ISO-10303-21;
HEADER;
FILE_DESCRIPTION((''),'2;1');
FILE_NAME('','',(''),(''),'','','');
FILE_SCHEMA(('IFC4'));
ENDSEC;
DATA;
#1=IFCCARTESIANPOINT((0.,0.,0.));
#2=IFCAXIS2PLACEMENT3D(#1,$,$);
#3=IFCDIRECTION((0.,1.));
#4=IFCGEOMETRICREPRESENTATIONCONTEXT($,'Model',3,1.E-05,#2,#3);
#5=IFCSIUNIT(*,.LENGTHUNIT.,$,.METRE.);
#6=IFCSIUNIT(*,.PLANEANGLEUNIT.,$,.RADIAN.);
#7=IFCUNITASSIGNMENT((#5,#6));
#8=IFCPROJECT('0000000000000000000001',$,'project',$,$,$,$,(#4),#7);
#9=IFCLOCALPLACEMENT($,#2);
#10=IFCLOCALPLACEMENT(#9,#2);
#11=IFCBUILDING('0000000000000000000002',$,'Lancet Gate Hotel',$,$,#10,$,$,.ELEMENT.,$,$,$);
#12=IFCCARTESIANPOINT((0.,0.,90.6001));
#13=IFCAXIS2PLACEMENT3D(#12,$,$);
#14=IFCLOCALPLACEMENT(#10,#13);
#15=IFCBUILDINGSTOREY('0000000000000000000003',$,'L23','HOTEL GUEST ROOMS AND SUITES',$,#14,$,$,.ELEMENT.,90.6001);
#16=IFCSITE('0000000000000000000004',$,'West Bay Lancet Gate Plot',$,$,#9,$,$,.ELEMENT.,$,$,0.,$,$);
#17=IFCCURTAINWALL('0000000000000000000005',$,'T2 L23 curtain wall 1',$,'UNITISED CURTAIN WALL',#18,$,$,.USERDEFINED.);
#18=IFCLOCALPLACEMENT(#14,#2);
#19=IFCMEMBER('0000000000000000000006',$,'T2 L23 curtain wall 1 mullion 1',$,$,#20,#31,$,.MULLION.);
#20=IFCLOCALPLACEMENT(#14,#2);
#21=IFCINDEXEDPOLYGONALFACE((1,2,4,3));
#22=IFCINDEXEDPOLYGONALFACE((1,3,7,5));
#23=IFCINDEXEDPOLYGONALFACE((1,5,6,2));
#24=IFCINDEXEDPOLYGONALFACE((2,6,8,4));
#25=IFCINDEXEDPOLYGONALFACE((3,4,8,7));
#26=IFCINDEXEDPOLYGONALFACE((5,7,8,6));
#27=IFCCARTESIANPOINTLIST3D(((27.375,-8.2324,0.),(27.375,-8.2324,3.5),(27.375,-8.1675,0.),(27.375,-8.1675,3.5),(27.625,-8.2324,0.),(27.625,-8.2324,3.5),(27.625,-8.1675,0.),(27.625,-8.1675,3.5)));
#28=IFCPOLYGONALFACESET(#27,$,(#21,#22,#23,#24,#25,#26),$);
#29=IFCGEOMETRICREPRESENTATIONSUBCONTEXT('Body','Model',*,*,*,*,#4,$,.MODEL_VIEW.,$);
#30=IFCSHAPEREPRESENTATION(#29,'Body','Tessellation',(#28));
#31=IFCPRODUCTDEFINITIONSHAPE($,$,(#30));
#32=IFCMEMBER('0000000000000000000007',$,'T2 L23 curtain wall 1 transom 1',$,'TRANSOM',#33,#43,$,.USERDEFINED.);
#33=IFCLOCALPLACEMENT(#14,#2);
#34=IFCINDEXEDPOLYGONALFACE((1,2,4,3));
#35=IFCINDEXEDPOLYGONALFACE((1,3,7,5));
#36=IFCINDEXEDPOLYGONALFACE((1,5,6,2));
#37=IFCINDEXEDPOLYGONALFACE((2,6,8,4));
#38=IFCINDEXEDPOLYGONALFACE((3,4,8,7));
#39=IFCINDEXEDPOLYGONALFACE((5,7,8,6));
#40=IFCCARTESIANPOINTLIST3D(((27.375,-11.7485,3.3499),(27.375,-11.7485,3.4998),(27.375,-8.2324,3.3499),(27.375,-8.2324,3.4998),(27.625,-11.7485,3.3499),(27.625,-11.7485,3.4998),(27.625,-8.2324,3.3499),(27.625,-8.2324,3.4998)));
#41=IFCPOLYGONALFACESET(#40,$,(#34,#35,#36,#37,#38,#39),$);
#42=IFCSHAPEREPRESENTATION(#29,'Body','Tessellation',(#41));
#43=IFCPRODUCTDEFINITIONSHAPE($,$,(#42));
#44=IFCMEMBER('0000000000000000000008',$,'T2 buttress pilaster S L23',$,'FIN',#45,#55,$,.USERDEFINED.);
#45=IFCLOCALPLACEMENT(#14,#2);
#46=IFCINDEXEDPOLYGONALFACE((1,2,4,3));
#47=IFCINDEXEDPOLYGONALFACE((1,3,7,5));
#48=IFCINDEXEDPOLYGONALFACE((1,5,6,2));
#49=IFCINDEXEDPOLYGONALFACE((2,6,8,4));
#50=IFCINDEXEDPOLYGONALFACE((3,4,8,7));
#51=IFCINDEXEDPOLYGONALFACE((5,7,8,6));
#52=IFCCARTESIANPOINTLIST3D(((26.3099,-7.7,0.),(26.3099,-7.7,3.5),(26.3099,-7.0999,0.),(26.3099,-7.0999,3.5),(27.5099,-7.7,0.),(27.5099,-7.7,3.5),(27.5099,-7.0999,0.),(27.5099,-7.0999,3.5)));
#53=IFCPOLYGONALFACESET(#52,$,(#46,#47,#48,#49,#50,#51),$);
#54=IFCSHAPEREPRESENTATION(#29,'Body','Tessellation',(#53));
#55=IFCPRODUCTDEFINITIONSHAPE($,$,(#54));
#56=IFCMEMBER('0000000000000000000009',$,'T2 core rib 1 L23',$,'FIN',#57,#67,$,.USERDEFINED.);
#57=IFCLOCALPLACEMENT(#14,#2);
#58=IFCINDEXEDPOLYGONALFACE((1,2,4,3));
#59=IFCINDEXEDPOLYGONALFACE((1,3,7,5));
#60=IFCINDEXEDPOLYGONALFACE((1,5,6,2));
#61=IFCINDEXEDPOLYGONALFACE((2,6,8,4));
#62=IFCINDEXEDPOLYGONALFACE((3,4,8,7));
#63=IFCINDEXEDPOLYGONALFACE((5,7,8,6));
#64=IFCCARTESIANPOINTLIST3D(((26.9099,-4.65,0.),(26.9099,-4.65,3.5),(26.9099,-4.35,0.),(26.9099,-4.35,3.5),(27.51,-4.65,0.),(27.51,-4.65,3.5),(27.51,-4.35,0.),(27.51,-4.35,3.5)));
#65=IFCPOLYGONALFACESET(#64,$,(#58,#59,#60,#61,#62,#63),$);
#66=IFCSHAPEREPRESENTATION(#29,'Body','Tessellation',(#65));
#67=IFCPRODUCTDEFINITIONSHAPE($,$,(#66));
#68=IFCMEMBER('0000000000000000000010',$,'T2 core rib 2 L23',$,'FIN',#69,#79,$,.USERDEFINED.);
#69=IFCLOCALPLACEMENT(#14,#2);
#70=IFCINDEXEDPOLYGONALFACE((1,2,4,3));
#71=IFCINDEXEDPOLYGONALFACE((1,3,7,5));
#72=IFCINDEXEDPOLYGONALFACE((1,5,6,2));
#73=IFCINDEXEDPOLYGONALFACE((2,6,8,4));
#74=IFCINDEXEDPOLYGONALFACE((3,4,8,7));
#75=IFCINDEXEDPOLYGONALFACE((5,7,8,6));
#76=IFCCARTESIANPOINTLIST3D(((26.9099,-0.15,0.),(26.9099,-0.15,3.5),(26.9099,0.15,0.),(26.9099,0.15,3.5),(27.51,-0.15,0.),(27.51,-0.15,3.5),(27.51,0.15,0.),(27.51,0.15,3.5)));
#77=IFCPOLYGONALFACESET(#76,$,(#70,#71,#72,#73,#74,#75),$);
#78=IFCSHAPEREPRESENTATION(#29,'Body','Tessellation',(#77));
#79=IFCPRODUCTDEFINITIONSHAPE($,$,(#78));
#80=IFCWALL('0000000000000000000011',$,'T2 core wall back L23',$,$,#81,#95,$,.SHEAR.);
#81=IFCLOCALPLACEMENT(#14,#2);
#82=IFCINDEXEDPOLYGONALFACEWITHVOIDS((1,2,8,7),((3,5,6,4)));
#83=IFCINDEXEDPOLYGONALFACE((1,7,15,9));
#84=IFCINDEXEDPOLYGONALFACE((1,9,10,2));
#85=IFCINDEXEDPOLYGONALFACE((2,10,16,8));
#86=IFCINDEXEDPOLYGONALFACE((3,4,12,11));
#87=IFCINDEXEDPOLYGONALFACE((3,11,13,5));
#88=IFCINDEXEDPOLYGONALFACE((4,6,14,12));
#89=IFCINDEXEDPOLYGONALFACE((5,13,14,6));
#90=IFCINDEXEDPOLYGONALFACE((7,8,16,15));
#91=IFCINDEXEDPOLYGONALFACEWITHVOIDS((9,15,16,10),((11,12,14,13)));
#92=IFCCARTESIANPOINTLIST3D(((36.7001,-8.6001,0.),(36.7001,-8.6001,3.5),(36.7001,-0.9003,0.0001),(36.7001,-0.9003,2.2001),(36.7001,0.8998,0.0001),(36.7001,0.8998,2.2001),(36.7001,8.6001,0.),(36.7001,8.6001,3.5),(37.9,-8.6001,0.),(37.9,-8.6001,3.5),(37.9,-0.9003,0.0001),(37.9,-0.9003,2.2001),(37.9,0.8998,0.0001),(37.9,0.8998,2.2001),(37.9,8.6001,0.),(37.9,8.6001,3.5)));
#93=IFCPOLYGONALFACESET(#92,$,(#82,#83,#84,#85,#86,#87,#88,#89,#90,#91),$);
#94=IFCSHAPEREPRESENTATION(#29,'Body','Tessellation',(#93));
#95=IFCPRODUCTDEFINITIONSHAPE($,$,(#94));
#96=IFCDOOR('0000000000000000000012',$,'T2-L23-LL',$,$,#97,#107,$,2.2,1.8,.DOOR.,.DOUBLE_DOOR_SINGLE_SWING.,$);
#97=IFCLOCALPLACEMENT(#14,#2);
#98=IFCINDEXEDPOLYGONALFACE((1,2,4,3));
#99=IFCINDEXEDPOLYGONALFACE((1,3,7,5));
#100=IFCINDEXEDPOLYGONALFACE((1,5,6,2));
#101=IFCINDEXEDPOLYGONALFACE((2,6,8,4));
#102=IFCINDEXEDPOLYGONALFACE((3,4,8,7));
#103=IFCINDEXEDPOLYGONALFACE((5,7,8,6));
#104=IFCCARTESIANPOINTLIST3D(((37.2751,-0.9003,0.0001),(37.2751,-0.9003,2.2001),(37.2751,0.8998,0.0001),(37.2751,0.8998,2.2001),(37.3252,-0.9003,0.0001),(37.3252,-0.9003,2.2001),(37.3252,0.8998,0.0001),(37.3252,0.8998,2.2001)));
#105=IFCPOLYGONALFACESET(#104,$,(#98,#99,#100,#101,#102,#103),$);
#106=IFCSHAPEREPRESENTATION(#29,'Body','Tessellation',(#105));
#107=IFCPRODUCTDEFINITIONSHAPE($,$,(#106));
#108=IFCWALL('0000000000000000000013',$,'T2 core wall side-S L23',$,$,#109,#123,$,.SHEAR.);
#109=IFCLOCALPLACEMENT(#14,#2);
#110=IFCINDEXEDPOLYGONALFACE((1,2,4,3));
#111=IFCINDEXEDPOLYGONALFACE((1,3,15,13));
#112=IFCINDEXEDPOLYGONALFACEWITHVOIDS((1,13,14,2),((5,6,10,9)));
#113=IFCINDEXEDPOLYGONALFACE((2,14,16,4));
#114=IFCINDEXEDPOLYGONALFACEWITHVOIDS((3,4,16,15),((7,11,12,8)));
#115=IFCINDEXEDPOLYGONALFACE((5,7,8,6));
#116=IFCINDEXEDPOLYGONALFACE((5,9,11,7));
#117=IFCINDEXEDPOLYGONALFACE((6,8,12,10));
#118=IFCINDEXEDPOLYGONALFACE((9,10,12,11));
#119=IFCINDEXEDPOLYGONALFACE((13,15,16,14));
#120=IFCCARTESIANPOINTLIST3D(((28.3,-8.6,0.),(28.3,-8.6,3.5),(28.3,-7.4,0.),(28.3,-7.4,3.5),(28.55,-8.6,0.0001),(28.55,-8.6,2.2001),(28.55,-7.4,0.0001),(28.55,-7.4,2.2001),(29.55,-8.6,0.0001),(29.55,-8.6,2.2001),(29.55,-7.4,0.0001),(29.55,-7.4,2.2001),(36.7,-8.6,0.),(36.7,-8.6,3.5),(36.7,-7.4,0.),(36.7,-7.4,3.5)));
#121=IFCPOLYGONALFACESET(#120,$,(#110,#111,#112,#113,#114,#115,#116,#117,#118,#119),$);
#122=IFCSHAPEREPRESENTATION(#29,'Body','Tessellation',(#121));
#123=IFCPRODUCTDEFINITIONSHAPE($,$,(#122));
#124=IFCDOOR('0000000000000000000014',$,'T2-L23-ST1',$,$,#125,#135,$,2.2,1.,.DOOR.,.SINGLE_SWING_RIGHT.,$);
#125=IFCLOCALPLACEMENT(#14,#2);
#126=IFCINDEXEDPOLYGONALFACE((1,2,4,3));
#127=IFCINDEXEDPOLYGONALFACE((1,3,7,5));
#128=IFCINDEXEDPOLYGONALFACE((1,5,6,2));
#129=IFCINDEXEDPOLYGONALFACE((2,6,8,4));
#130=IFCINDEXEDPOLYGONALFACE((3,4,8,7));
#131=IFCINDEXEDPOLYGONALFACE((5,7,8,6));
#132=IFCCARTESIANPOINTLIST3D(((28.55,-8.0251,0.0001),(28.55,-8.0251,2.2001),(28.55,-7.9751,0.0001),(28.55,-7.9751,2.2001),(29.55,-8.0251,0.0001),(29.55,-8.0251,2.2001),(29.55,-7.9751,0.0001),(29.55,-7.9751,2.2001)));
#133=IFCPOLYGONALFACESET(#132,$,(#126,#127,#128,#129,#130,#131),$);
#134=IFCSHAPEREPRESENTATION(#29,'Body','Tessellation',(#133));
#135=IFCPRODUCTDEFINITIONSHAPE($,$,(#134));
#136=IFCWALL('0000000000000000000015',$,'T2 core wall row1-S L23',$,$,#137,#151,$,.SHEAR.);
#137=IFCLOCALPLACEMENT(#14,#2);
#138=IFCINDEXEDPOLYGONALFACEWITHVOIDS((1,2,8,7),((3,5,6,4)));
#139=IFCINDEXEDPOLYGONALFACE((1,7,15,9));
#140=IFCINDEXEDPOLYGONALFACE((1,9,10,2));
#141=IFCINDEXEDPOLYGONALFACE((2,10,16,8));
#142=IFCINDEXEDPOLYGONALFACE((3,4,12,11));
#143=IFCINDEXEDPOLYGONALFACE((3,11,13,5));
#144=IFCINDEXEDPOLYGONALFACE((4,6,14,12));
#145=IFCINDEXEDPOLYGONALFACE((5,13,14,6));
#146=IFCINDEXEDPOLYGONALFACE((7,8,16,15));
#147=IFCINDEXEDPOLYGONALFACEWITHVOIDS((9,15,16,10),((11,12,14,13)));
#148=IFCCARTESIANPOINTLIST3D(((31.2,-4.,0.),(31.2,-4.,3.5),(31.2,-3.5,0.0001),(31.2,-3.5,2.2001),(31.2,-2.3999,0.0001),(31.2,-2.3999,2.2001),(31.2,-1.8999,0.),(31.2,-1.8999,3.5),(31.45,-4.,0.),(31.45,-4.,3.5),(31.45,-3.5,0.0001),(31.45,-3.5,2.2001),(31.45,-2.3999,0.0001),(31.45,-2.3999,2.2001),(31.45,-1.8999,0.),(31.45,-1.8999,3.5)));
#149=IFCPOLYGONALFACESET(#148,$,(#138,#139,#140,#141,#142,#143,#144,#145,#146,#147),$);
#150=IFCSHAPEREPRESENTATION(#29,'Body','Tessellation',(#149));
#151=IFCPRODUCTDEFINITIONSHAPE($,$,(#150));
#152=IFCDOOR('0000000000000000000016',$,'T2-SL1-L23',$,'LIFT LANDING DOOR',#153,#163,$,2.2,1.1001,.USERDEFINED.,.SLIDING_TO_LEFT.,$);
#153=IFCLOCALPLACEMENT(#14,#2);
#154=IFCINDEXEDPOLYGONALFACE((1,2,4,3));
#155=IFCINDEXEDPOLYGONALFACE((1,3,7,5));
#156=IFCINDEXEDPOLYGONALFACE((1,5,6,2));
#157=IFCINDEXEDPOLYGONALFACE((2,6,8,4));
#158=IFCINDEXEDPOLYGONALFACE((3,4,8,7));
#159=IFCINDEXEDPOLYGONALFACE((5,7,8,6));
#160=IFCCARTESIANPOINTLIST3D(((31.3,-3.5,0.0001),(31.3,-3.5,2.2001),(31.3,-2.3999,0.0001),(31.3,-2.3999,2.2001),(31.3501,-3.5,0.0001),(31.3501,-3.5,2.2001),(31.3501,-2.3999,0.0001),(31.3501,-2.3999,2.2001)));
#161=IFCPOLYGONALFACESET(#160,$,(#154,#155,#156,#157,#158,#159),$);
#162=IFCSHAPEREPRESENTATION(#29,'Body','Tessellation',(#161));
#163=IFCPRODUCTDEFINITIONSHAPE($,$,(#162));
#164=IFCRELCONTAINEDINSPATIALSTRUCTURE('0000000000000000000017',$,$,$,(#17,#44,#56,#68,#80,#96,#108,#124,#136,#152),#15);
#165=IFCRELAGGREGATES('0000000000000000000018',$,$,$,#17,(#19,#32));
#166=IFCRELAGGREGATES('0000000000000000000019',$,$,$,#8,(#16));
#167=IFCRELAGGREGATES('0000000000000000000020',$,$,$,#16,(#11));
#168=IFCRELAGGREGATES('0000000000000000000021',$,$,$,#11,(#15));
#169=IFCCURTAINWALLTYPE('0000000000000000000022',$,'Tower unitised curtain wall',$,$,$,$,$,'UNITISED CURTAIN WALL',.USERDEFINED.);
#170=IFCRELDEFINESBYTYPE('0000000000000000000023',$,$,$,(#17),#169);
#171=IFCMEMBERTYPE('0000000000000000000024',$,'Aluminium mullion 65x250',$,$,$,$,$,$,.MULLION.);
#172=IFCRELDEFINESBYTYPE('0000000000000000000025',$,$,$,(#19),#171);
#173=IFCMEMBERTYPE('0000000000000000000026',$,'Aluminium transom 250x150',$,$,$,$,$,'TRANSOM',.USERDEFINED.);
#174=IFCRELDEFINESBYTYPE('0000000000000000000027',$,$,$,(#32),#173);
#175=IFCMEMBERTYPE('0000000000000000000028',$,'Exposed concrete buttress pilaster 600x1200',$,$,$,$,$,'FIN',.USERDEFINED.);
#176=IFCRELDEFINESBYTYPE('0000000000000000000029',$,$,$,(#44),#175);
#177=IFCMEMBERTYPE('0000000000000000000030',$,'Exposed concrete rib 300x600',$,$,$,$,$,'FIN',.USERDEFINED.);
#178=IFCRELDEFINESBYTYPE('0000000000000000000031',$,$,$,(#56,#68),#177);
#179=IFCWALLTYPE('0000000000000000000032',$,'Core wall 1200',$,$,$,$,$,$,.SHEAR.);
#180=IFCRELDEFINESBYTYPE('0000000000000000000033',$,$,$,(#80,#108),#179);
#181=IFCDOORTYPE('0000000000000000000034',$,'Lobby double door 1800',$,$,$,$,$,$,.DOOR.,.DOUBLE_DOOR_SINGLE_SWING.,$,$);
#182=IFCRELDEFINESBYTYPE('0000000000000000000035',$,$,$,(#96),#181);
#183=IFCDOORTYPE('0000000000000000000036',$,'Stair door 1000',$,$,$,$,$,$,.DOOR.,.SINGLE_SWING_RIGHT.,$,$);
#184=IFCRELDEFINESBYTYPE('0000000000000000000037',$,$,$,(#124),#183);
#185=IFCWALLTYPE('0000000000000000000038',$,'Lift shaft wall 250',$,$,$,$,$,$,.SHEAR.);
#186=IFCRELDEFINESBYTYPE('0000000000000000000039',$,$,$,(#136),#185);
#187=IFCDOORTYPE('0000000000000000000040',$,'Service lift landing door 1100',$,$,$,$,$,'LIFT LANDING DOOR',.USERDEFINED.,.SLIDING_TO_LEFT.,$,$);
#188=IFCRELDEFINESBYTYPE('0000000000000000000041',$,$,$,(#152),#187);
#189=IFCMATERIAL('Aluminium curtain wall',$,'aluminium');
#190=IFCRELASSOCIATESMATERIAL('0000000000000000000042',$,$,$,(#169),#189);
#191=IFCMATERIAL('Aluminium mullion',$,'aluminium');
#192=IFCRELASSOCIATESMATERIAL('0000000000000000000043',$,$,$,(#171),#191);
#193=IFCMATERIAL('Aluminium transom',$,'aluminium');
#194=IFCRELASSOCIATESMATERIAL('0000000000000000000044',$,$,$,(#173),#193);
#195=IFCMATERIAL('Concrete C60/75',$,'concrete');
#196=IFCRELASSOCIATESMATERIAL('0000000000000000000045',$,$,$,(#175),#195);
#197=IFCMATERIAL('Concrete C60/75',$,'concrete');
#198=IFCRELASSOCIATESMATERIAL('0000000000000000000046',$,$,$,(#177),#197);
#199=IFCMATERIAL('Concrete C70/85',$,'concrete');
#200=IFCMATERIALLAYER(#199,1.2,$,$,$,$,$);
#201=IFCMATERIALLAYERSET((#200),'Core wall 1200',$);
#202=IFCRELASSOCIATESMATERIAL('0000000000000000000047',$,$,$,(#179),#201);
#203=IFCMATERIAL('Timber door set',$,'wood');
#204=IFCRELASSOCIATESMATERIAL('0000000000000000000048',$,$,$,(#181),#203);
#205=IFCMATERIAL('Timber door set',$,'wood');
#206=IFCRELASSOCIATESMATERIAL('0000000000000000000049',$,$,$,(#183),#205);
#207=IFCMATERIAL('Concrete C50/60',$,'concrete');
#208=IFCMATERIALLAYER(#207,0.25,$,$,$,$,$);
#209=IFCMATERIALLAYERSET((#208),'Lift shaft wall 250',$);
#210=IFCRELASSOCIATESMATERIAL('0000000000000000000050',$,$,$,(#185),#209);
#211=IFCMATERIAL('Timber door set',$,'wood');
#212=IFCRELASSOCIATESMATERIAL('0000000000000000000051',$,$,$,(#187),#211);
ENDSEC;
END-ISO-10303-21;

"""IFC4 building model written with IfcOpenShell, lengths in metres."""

from ifc_helpers import new_model, si_unit, direction, frame, frame_2d, origin, origin_2d, place, context, subcontext, project, spatial, rectangle, extrude, material, layer, layer_set, material_profile, profile_set, type_object, element, fill, aggregate, save


model = new_model("IFC4")

# Units and contexts
model_context = context("Model", 3, precision=1e-05, world=origin(), true_north=direction((0.0, 1.0)))
body_context = subcontext(model_context, "Body", "Model", "MODEL_VIEW")
ifc_project = project(units=[si_unit("LENGTHUNIT", "METRE"), si_unit("PLANEANGLEUNIT", "RADIAN")], contexts=[model_context])

# Site, building, storey
site_placement = place(None, origin())
site = spatial("IfcSite", under=ifc_project, at=site_placement, Name="West Bay Lancet Gate Plot", CompositionType="ELEMENT", RefElevation=0.0)
building_placement = place(site_placement, origin())
building = spatial("IfcBuilding", under=site, at=building_placement, Name="Lancet Gate Hotel", CompositionType="ELEMENT")
storey_placement = place(building_placement, frame((0.0, 0.0, 90.6001)))
storey = spatial("IfcBuildingStorey", under=building, at=storey_placement, Name="L23", Description="HOTEL GUEST ROOMS AND SUITES", CompositionType="ELEMENT", Elevation=90.6001)

# Curtain wall, members
ifc_material_1 = material(Name="Aluminium curtain wall", Category="aluminium")
curtain_wall_type = type_object("IfcCurtainWallType", Name="Tower unitised curtain wall", ElementType="UNITISED CURTAIN WALL", PredefinedType="USERDEFINED", material=ifc_material_1)
curtain_wall_placement = place(storey_placement, origin())
curtain_wall = element("IfcCurtainWall", 1, at=curtain_wall_placement, inside=storey, type_object=curtain_wall_type, Name="T2 L23 curtain wall 1", ObjectType="UNITISED CURTAIN WALL", PredefinedType="USERDEFINED")
ifc_material_2 = material(Name="Aluminium mullion", Category="aluminium")
ifc_material_profile_1 = material_profile(ifc_material_2, rectangle(XDim=0.0649, YDim=0.25, at=origin_2d()), Name="MULLION 65x250")
ifc_profile_set_1 = profile_set([ifc_material_profile_1], Name="Aluminium mullion")
member_type_1 = type_object("IfcMemberType", Name="Aluminium mullion 65x250", PredefinedType="MULLION", material=ifc_profile_set_1)
member_1_placement = place(storey_placement, frame((27.5, -8.2, 0.0), z_axis=(0.0, 0.0, 1.0), x_axis=(0.0, -1.0, 0.0)))
member_1 = element("IfcMember", 2, at=member_1_placement, type_object=member_type_1, Name="T2 L23 curtain wall 1 mullion 1", PredefinedType="MULLION", context=body_context, shape_type="SweptSolid", body=[
    extrude(rectangle(XDim=0.0649, YDim=0.25, at=origin_2d()), origin(), (0.0, 0.0, 1.0), 3.5),
])
ifc_material_3 = material(Name="Aluminium transom", Category="aluminium")
ifc_material_profile_2 = material_profile(ifc_material_3, rectangle(XDim=0.25, YDim=0.1499, at=origin_2d()), Name="TRANSOM 250x150")
ifc_profile_set_2 = profile_set([ifc_material_profile_2], Name="Aluminium transom")
member_type_2 = type_object("IfcMemberType", Name="Aluminium transom 250x150", ElementType="TRANSOM", PredefinedType="USERDEFINED", material=ifc_profile_set_2)
member_2_placement = place(storey_placement, frame((27.5, -8.2324, 3.4248), z_axis=(0.0, -1.0, 0.0), x_axis=(1.0, 0.0, 0.0)))
member_2 = element("IfcMember", 3, at=member_2_placement, type_object=member_type_2, Name="T2 L23 curtain wall 1 transom 1", ObjectType="TRANSOM", PredefinedType="USERDEFINED", context=body_context, shape_type="SweptSolid", body=[
    extrude(rectangle(XDim=0.25, YDim=0.1499, at=origin_2d()), origin(), (0.0, 0.0, 1.0), 3.5161),
])
aggregate(curtain_wall, [member_1, member_2])

# Members
ifc_material_4 = material(Name="Concrete C60/75", Category="concrete")
ifc_material_profile_3 = material_profile(ifc_material_4, rectangle(XDim=0.6001, YDim=1.2, at=origin_2d()), Name="FIN 600x1200")
ifc_profile_set_3 = profile_set([ifc_material_profile_3], Name="Concrete C60/75")
member_type_3 = type_object("IfcMemberType", Name="Exposed concrete buttress pilaster 600x1200", ElementType="FIN", PredefinedType="USERDEFINED", material=ifc_profile_set_3)
member_3_placement = place(storey_placement, frame((26.9099, -7.3999, 0.0), z_axis=(0.0, 0.0, 1.0), x_axis=(0.0, 1.0, 0.0)))
element("IfcMember", 4, at=member_3_placement, inside=storey, type_object=member_type_3, Name="T2 buttress pilaster S L23", ObjectType="FIN", PredefinedType="USERDEFINED", context=body_context, shape_type="SweptSolid", body=[
    extrude(rectangle(XDim=0.6001, YDim=1.2, at=origin_2d()), origin(), (0.0, 0.0, 1.0), 3.5),
])
ifc_material_5 = material(Name="Concrete C60/75", Category="concrete")
ifc_material_profile_4 = material_profile(ifc_material_5, rectangle(XDim=0.3, YDim=0.6001, at=origin_2d()), Name="FIN 300x600")
ifc_profile_set_4 = profile_set([ifc_material_profile_4], Name="Concrete C60/75")
member_type_4 = type_object("IfcMemberType", Name="Exposed concrete rib 300x600", ElementType="FIN", PredefinedType="USERDEFINED", material=ifc_profile_set_4)
for number, where, z_axis, x_axis, name in (
    (5, (27.21, -4.5, 0.0), (0.0, 0.0, 1.0), (0.0, 1.0, 0.0), "T2 core rib 1 L23"),
    (6, (27.21, 0.0, 0.0), (0.0, 0.0, 1.0), (0.0, 1.0, 0.0), "T2 core rib 2 L23"),
):
    element("IfcMember", number, at=place(storey_placement, frame(where, z_axis=z_axis, x_axis=x_axis)), inside=storey, type_object=member_type_4, Name=name, ObjectType="FIN", PredefinedType="USERDEFINED", context=body_context, shape_type="SweptSolid", body=[
        extrude(rectangle(XDim=0.3, YDim=0.6001, at=origin_2d()), origin(), (0.0, 0.0, 1.0), 3.5),
    ])

# Walls, openings, doors
ifc_material_6 = material(Name="Concrete C70/85", Category="concrete")
ifc_layer_1 = layer(ifc_material_6, 1.2)
ifc_layer_set_1 = layer_set([ifc_layer_1], Name="Core wall 1200")
wall_type_1 = type_object("IfcWallType", Name="Core wall 1200", PredefinedType="SHEAR", material=ifc_layer_set_1)
wall_1_placement = place(storey_placement, frame((37.3, -8.6001, 0.0), z_axis=(0.0, 0.0, 1.0), x_axis=(0.0, 1.0, 0.0)))
wall_1 = element("IfcWall", 7, at=wall_1_placement, inside=storey, type_object=wall_type_1, Name="T2 core wall back L23", PredefinedType="SHEAR", context=body_context, shape_type="SweptSolid", body=[
    extrude(rectangle(XDim=17.2002, YDim=1.2, at=frame_2d((8.6001, 0.0))), origin(), (0.0, 0.0, 1.0), 3.5),
])
opening_1_placement = place(wall_1_placement, frame((7.7, 0.0, 0.0)))
opening_1 = element("IfcOpeningElement", 8, at=opening_1_placement, cuts=wall_1, PredefinedType="OPENING", context=body_context, shape_type="SweptSolid", body=[
    extrude(rectangle(XDim=1.8, YDim=2.2, at=frame_2d((0.8999, 1.1001))), frame((0.0, 0.6099, 0.0), z_axis=(0.0, -1.0, 0.0), x_axis=(1.0, 0.0, 0.0)), (0.0, 0.0, 1.0), 1.22),
])
ifc_material_7 = material(Name="Timber door set", Category="wood")
door_type_1 = type_object("IfcDoorType", Name="Lobby double door 1800", OperationType="DOUBLE_DOOR_SINGLE_SWING", PredefinedType="DOOR", material=ifc_material_7)
door_1_placement = place(opening_1_placement, origin())
door_1 = element("IfcDoor", 9, at=door_1_placement, inside=storey, type_object=door_type_1, Name="T2-L23-LL", OperationType="DOUBLE_DOOR_SINGLE_SWING", OverallHeight=2.2, OverallWidth=1.8, PredefinedType="DOOR", context=body_context, shape_type="SweptSolid", body=[
    extrude(rectangle(XDim=1.8, YDim=2.2, at=frame_2d((0.8999, 1.1001))), frame((0.0, 0.0249, 0.0), z_axis=(0.0, -1.0, 0.0), x_axis=(1.0, 0.0, 0.0)), (0.0, 0.0, 1.0), 0.05),
])
fill(opening_1, door_1)
wall_2_placement = place(storey_placement, frame((28.3, -8.0, 0.0), z_axis=(0.0, 0.0, 1.0), x_axis=(1.0, 0.0, 0.0)))
wall_2 = element("IfcWall", 10, at=wall_2_placement, inside=storey, type_object=wall_type_1, Name="T2 core wall side-S L23", PredefinedType="SHEAR", context=body_context, shape_type="SweptSolid", body=[
    extrude(rectangle(XDim=8.3999, YDim=1.2, at=frame_2d((4.2, 0.0))), origin(), (0.0, 0.0, 1.0), 3.5),
])
opening_2_placement = place(wall_2_placement, frame((0.25, 0.0, 0.0)))
opening_2 = element("IfcOpeningElement", 11, at=opening_2_placement, cuts=wall_2, PredefinedType="OPENING", context=body_context, shape_type="SweptSolid", body=[
    extrude(rectangle(XDim=1.0, YDim=2.2, at=frame_2d((0.5, 1.1001))), frame((0.0, 0.6099, 0.0), z_axis=(0.0, -1.0, 0.0), x_axis=(1.0, 0.0, 0.0)), (0.0, 0.0, 1.0), 1.22),
])
ifc_material_8 = material(Name="Timber door set", Category="wood")
door_type_2 = type_object("IfcDoorType", Name="Stair door 1000", OperationType="SINGLE_SWING_RIGHT", PredefinedType="DOOR", material=ifc_material_8)
door_2_placement = place(opening_2_placement, origin())
door_2 = element("IfcDoor", 12, at=door_2_placement, inside=storey, type_object=door_type_2, Name="T2-L23-ST1", OperationType="SINGLE_SWING_RIGHT", OverallHeight=2.2, OverallWidth=1.0, PredefinedType="DOOR", context=body_context, shape_type="SweptSolid", body=[
    extrude(rectangle(XDim=1.0, YDim=2.2, at=frame_2d((0.5, 1.1001))), frame((0.0, 0.0249, 0.0), z_axis=(0.0, -1.0, 0.0), x_axis=(1.0, 0.0, 0.0)), (0.0, 0.0, 1.0), 0.05),
])
fill(opening_2, door_2)
ifc_material_9 = material(Name="Concrete C50/60", Category="concrete")
ifc_layer_2 = layer(ifc_material_9, 0.25)
ifc_layer_set_2 = layer_set([ifc_layer_2], Name="Lift shaft wall 250")
wall_type_2 = type_object("IfcWallType", Name="Lift shaft wall 250", PredefinedType="SHEAR", material=ifc_layer_set_2)
wall_3_placement = place(storey_placement, frame((31.325, -4.0, 0.0), z_axis=(0.0, 0.0, 1.0), x_axis=(0.0, 1.0, 0.0)))
wall_3 = element("IfcWall", 13, at=wall_3_placement, inside=storey, type_object=wall_type_2, Name="T2 core wall row1-S L23", PredefinedType="SHEAR", context=body_context, shape_type="SweptSolid", body=[
    extrude(rectangle(XDim=2.1001, YDim=0.25, at=frame_2d((1.05, 0.0))), origin(), (0.0, 0.0, 1.0), 3.5),
])
opening_3_placement = place(wall_3_placement, frame((0.5, 0.0, 0.0)))
opening_3 = element("IfcOpeningElement", 14, at=opening_3_placement, cuts=wall_3, PredefinedType="OPENING", context=body_context, shape_type="SweptSolid", body=[
    extrude(rectangle(XDim=1.1001, YDim=2.2, at=frame_2d((0.55, 1.1001))), frame((0.0, 0.135, 0.0), z_axis=(0.0, -1.0, 0.0), x_axis=(1.0, 0.0, 0.0)), (0.0, 0.0, 1.0), 0.27),
])
ifc_material_10 = material(Name="Timber door set", Category="wood")
door_type_3 = type_object("IfcDoorType", Name="Service lift landing door 1100", ElementType="LIFT LANDING DOOR", OperationType="SLIDING_TO_LEFT", PredefinedType="USERDEFINED", material=ifc_material_10)
door_3_placement = place(opening_3_placement, origin())
door_3 = element("IfcDoor", 15, at=door_3_placement, inside=storey, type_object=door_type_3, Name="T2-SL1-L23", ObjectType="LIFT LANDING DOOR", OperationType="SLIDING_TO_LEFT", OverallHeight=2.2, OverallWidth=1.1001, PredefinedType="USERDEFINED", context=body_context, shape_type="SweptSolid", body=[
    extrude(rectangle(XDim=1.1001, YDim=2.2, at=frame_2d((0.55, 1.1001))), frame((0.0, 0.0249, 0.0), z_axis=(0.0, -1.0, 0.0), x_axis=(1.0, 0.0, 0.0)), (0.0, 0.0, 1.0), 0.05),
])
fill(opening_3, door_3)

save(model, "model.ifc")
